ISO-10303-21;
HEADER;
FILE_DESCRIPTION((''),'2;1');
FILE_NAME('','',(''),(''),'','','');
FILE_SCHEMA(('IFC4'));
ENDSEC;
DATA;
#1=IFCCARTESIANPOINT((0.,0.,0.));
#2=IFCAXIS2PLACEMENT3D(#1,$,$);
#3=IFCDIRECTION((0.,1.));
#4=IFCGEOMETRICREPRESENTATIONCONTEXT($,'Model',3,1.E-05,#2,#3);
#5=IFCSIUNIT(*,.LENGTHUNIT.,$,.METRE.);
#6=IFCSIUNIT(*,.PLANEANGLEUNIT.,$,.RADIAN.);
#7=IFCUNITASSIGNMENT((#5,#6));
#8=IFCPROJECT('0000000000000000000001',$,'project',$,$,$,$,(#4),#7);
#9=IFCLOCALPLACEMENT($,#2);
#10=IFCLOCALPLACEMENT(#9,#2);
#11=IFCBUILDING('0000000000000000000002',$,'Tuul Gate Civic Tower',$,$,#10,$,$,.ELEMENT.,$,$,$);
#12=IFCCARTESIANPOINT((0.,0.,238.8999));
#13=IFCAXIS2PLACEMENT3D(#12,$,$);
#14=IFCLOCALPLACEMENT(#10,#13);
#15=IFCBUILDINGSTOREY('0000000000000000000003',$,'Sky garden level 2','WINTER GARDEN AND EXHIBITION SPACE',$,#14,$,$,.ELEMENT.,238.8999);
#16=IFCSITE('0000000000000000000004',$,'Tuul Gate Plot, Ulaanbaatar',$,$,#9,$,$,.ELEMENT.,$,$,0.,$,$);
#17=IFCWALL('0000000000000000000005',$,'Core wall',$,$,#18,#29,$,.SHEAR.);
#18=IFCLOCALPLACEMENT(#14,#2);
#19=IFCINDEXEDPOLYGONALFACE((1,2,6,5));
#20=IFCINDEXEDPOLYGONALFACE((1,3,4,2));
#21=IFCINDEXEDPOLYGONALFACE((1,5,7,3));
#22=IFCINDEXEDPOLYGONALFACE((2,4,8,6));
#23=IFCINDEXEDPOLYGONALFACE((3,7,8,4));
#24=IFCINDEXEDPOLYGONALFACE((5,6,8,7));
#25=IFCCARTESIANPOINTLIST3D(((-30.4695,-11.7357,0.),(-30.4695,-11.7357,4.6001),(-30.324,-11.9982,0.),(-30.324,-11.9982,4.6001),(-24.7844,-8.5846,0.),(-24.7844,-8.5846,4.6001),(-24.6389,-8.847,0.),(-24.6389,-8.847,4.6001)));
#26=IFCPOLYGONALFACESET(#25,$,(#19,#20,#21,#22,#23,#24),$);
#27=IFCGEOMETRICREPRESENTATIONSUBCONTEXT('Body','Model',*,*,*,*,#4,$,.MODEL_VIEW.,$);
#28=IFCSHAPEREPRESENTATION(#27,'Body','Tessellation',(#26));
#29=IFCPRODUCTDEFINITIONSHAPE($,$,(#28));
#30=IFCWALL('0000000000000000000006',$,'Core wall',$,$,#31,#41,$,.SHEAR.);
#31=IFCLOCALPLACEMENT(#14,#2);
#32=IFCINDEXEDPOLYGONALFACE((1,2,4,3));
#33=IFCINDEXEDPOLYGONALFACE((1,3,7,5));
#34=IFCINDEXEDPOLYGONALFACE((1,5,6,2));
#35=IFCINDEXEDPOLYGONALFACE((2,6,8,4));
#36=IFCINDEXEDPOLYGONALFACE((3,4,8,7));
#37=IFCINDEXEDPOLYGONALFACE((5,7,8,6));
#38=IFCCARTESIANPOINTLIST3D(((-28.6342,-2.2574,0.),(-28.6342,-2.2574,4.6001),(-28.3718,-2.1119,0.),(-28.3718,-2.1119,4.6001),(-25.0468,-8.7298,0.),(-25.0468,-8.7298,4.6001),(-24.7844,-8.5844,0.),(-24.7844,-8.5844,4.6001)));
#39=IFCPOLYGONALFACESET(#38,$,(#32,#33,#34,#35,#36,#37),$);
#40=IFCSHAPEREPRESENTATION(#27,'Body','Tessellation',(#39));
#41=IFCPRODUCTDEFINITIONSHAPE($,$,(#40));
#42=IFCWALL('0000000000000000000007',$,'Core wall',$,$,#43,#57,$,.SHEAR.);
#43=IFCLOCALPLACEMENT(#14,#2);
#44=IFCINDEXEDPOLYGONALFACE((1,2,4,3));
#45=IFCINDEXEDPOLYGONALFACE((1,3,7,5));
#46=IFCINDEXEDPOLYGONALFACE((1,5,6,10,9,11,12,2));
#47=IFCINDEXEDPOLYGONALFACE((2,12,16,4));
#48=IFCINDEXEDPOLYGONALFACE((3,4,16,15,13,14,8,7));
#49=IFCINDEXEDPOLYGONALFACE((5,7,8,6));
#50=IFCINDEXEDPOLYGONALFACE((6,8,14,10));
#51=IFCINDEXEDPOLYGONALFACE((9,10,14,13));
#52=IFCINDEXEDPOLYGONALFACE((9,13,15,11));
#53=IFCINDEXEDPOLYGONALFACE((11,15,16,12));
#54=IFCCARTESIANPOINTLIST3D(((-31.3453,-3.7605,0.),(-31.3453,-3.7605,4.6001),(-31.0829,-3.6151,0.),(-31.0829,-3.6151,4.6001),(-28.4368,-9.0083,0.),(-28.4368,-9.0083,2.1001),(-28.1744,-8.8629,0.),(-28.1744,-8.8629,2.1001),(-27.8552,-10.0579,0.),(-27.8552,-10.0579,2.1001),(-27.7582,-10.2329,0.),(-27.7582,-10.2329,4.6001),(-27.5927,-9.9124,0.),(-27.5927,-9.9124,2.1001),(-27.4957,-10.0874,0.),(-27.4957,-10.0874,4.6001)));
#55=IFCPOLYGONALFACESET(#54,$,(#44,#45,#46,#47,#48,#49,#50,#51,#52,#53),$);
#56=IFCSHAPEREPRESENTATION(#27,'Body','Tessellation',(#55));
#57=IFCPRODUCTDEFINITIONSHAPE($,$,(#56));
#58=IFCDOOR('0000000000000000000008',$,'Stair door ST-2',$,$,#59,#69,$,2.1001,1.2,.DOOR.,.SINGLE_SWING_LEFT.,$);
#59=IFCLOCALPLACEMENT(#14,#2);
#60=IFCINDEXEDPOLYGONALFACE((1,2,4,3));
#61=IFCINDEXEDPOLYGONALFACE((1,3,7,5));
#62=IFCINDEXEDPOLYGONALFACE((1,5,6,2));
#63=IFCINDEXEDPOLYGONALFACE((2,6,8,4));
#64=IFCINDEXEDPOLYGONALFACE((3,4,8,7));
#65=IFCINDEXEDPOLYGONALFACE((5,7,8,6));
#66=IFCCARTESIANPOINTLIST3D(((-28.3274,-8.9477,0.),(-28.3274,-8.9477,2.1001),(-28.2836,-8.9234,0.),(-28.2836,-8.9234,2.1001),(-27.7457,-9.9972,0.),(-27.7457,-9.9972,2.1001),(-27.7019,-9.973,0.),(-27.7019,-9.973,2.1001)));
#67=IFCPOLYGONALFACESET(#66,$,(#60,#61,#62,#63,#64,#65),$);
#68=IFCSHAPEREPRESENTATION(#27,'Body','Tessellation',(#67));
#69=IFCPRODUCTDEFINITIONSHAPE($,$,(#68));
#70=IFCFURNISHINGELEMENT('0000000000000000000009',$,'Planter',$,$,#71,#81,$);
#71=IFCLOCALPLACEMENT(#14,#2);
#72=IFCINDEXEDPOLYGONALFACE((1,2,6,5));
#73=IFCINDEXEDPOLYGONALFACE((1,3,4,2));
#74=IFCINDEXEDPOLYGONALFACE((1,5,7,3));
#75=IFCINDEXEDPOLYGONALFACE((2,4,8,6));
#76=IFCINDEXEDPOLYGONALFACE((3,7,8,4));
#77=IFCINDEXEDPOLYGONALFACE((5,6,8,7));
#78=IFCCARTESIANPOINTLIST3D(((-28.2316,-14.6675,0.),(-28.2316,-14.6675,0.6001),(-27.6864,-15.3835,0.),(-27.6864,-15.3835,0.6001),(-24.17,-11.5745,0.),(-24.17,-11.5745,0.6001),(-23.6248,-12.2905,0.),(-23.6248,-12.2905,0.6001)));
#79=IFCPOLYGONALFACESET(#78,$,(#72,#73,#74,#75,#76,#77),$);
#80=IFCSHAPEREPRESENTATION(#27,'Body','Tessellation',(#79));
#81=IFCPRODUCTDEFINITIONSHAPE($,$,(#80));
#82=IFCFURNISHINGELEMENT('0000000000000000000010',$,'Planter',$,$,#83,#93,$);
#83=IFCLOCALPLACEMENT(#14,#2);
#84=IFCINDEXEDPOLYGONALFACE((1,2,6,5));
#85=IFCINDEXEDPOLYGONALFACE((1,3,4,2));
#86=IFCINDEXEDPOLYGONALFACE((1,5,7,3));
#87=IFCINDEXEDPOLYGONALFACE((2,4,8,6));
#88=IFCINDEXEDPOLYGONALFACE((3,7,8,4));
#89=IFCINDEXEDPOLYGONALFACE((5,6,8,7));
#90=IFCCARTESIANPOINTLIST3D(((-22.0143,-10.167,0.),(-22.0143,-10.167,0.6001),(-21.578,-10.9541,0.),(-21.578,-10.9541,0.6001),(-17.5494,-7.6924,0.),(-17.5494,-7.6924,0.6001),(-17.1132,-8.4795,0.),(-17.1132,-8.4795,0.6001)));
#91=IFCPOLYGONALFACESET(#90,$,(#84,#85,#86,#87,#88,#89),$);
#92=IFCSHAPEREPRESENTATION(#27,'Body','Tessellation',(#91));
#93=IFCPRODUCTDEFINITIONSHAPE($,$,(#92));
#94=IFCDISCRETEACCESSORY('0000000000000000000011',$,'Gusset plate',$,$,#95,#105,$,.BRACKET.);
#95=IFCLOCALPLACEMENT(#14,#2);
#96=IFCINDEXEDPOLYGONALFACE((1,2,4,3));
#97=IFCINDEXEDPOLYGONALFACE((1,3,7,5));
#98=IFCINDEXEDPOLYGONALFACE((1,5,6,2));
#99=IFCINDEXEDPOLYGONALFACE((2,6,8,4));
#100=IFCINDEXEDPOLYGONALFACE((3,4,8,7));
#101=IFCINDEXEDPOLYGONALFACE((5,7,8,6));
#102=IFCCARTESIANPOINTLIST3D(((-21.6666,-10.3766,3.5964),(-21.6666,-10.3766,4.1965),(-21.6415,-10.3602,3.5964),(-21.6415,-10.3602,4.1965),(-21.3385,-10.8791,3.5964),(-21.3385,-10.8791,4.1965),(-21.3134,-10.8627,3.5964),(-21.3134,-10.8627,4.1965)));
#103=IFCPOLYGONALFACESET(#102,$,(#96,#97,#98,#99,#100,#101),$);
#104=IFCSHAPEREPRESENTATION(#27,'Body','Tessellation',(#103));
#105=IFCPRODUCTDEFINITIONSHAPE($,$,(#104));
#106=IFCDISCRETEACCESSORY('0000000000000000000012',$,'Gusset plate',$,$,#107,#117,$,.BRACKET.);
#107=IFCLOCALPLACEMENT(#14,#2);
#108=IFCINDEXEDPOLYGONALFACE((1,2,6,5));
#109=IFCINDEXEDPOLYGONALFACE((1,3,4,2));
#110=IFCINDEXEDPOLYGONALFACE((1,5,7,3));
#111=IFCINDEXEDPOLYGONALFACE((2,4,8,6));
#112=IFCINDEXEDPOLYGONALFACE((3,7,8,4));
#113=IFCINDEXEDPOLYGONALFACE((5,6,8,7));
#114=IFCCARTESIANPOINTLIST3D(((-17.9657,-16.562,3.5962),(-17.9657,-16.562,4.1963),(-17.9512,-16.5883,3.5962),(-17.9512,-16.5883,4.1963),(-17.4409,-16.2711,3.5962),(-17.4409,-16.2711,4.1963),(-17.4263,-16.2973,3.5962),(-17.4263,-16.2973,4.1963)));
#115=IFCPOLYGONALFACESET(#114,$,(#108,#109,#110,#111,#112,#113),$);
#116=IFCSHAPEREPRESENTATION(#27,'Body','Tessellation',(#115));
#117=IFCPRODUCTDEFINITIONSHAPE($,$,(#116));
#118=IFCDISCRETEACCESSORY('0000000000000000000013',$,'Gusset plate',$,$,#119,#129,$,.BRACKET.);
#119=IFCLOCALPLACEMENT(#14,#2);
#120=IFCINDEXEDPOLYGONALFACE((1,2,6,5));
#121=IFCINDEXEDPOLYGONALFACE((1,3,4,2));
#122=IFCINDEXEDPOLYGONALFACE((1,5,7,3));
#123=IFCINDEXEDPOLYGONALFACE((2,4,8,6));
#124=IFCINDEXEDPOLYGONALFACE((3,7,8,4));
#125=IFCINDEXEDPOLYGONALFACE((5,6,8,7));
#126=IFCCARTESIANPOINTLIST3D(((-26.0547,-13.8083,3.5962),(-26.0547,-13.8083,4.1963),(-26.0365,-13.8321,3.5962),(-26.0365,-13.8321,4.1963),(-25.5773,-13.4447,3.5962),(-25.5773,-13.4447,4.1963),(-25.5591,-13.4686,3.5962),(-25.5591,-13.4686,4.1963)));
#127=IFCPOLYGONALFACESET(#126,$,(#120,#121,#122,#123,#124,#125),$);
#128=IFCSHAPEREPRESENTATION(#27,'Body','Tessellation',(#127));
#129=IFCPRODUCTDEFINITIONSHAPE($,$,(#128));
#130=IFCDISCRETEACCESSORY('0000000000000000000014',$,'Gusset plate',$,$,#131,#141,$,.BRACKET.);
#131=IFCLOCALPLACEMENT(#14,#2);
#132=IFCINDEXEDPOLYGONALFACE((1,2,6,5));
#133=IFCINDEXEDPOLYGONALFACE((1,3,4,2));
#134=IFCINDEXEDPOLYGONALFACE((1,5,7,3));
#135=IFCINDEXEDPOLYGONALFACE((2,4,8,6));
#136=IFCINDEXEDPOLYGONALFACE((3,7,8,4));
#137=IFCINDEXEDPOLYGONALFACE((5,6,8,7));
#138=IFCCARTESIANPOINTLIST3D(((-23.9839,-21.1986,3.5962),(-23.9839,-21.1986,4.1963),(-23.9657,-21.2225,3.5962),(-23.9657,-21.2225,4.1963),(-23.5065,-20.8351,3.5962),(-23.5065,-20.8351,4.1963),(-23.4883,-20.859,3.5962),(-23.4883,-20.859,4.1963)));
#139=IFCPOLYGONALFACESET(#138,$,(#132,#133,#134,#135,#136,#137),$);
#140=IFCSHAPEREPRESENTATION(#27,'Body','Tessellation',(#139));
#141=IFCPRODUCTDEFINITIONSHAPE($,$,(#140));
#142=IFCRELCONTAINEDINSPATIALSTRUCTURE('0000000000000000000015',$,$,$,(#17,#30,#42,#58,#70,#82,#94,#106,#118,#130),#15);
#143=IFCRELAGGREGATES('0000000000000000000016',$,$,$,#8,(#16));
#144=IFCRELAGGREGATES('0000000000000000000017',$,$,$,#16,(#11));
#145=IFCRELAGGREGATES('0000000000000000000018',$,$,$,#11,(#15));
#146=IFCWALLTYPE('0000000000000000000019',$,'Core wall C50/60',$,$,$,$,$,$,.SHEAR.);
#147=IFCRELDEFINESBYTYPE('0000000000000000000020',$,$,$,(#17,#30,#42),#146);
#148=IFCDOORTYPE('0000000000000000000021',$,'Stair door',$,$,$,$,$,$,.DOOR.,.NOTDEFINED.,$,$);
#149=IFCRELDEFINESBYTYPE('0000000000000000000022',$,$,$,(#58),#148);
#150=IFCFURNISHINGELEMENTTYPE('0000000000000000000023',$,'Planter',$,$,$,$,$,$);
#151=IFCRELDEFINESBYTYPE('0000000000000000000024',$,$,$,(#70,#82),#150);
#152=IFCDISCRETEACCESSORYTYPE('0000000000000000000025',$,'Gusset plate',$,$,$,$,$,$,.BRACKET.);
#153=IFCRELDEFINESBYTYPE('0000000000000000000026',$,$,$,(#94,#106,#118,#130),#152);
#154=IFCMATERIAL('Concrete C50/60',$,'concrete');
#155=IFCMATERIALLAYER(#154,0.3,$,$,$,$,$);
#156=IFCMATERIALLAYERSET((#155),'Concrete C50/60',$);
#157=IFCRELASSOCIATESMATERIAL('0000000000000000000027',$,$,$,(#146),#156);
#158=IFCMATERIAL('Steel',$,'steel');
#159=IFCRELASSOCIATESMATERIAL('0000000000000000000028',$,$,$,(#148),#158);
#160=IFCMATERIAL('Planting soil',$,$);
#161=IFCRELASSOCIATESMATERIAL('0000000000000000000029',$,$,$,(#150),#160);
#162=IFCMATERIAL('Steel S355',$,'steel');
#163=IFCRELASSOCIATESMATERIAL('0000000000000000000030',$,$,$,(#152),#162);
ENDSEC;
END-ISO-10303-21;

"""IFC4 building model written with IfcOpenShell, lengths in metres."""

from ifc_helpers import new_model, si_unit, direction, frame, frame_2d, origin, origin_2d, place, context, subcontext, project, spatial, rectangle, extrude, material, layer, layer_set, type_object, element, fill, save


model = new_model("IFC4")

# Units and contexts
model_context = context("Model", 3, precision=1e-05, world=origin(), true_north=direction((0.0, 1.0)))
body_context = subcontext(model_context, "Body", "Model", "MODEL_VIEW")
ifc_project = project(units=[si_unit("LENGTHUNIT", "METRE"), si_unit("PLANEANGLEUNIT", "RADIAN")], contexts=[model_context])

# Site, building, storey
site_placement = place(None, origin())
site = spatial("IfcSite", under=ifc_project, at=site_placement, Name="Tuul Gate Plot, Ulaanbaatar", CompositionType="ELEMENT", RefElevation=0.0)
building_placement = place(site_placement, origin())
building = spatial("IfcBuilding", under=site, at=building_placement, Name="Tuul Gate Civic Tower", CompositionType="ELEMENT")
storey_placement = place(building_placement, frame((0.0, 0.0, 238.8999)))
storey = spatial("IfcBuildingStorey", under=building, at=storey_placement, Name="Sky garden level 2", Description="WINTER GARDEN AND EXHIBITION SPACE", CompositionType="ELEMENT", Elevation=238.8999)

# Walls
ifc_material_1 = material(Name="Concrete C50/60", Category="concrete")
ifc_layer_1 = layer(ifc_material_1, 0.3)
ifc_layer_set_1 = layer_set([ifc_layer_1], Name="Concrete C50/60")
wall_type = type_object("IfcWallType", Name="Core wall C50/60", PredefinedType="SHEAR", material=ifc_layer_set_1)
wall_1_placement = place(storey_placement, frame((-24.7117, -8.7158, 0.0), z_axis=(0.0, 0.0, 1.0), x_axis=(-0.87463, -0.484791, 0.0)))
element("IfcWall", 1, at=wall_1_placement, inside=storey, type_object=wall_type, Name="Core wall", PredefinedType="SHEAR", context=body_context, shape_type="SweptSolid", body=[
    extrude(rectangle(XDim=6.5, YDim=0.3, at=frame_2d((3.25, 0.0))), origin(), (0.0, 0.0, 1.0), 4.6001),
])
wall_2_placement = place(storey_placement, frame((-24.9155, -8.6572, 0.0), z_axis=(0.0, 0.0, 1.0), x_axis=(-0.484777, 0.874638, 0.0)))
element("IfcWall", 2, at=wall_2_placement, inside=storey, type_object=wall_type, Name="Core wall", PredefinedType="SHEAR", context=body_context, shape_type="SweptSolid", body=[
    extrude(rectangle(XDim=7.4001, YDim=0.3, at=frame_2d((3.7002, 0.0))), origin(), (0.0, 0.0, 1.0), 4.6001),
])

# Wall, opening, door
wall_3_placement = place(storey_placement, frame((-27.627, -10.1602, 0.0), z_axis=(0.0, 0.0, 1.0), x_axis=(-0.484752, 0.874652, 0.0)))
wall_3 = element("IfcWall", 3, at=wall_3_placement, inside=storey, type_object=wall_type, Name="Core wall", PredefinedType="SHEAR", context=body_context, shape_type="SweptSolid", body=[
    extrude(rectangle(XDim=7.3999, YDim=0.3, at=frame_2d((3.7, 0.0))), origin(), (0.0, 0.0, 1.0), 4.6001),
])
opening_placement = place(wall_3_placement, frame((0.2, 0.0, 0.0)))
opening = element("IfcOpeningElement", 4, at=opening_placement, cuts=wall_3, PredefinedType="OPENING", context=body_context, shape_type="SweptSolid", body=[
    extrude(rectangle(XDim=1.2, YDim=2.1001, at=frame_2d((0.6001, 1.05))), frame((0.0, 0.1602, 0.0), z_axis=(0.0, -1.0, 0.0), x_axis=(1.0, 0.0, 0.0)), (0.0, 0.0, 1.0), 0.3201),
])
ifc_material_2 = material(Name="Steel", Category="steel")
door_type = type_object("IfcDoorType", Name="Stair door", OperationType="NOTDEFINED", PredefinedType="DOOR", material=ifc_material_2)
door_placement = place(opening_placement, origin())
door = element("IfcDoor", 5, at=door_placement, inside=storey, type_object=door_type, Name="Stair door ST-2", OperationType="SINGLE_SWING_LEFT", OverallHeight=2.1001, OverallWidth=1.2, PredefinedType="DOOR", context=body_context, shape_type="SweptSolid", body=[
    extrude(rectangle(XDim=1.2, YDim=2.1001, at=frame_2d((0.6001, 1.05))), frame((0.0, 0.0249, 0.0), z_axis=(0.0, -1.0, 0.0), x_axis=(1.0, 0.0, 0.0)), (0.0, 0.0, 1.0), 0.05),
])
fill(opening, door)

# Furnishing elements
ifc_material_3 = material(Name="Planting soil")
furnishing_element_type = type_object("IfcFurnishingElementType", Name="Planter", material=ifc_material_3)
furnishing_1_placement = place(storey_placement, frame((-25.9282, -13.479, 0.0), z_axis=(0.0, 0.0, 1.0), x_axis=(0.795582, 0.605846, 0.0)))
element("IfcFurnishingElement", 6, at=furnishing_1_placement, inside=storey, type_object=furnishing_element_type, Name="Planter", context=body_context, shape_type="SweptSolid", body=[
    extrude(rectangle(XDim=5.1052, YDim=0.8999, at=origin_2d()), origin(), (0.0, 0.0, 1.0), 0.6001),
])
furnishing_2_placement = place(storey_placement, frame((-19.5637, -9.3232, 0.0), z_axis=(0.0, 0.0, 1.0), x_axis=(0.874647, 0.48476, 0.0)))
element("IfcFurnishingElement", 7, at=furnishing_2_placement, inside=storey, type_object=furnishing_element_type, Name="Planter", context=body_context, shape_type="SweptSolid", body=[
    extrude(rectangle(XDim=5.1047, YDim=0.8999, at=origin_2d()), origin(), (0.0, 0.0, 1.0), 0.6001),
])

# Discrete accessories
ifc_material_4 = material(Name="Steel S355", Category="steel")
discrete_accessory_type = type_object("IfcDiscreteAccessoryType", Name="Gusset plate", PredefinedType="BRACKET", material=ifc_material_4)
for number, where, z_axis, x_axis, name in (
    (8, (-21.49, -10.6196, 3.5964), (0.0, 0.0, 1.0), (-0.546689, 0.837336, 0.0), "Gusset plate"),
    (9, (-17.696, -16.4297, 3.5962), (0.0, 0.0, 1.0), (0.874598, 0.484849, 0.0), "Gusset plate"),
    (10, (-25.8069, -13.6384, 3.5962), (0.0, 0.0, 1.0), (-0.795616, -0.605801, 0.0), "Gusset plate"),
    (11, (-23.7361, -21.0288, 3.5962), (0.0, 0.0, 1.0), (0.795616, 0.605801, 0.0), "Gusset plate"),
):
    element("IfcDiscreteAccessory", number, at=place(storey_placement, frame(where, z_axis=z_axis, x_axis=x_axis)), inside=storey, type_object=discrete_accessory_type, Name=name, PredefinedType="BRACKET", context=body_context, shape_type="SweptSolid", body=[
        extrude(rectangle(XDim=0.6001, YDim=0.03, at=origin_2d()), origin(), (0.0, 0.0, 1.0), 0.6001),
    ])

save(model, "model.ifc")
